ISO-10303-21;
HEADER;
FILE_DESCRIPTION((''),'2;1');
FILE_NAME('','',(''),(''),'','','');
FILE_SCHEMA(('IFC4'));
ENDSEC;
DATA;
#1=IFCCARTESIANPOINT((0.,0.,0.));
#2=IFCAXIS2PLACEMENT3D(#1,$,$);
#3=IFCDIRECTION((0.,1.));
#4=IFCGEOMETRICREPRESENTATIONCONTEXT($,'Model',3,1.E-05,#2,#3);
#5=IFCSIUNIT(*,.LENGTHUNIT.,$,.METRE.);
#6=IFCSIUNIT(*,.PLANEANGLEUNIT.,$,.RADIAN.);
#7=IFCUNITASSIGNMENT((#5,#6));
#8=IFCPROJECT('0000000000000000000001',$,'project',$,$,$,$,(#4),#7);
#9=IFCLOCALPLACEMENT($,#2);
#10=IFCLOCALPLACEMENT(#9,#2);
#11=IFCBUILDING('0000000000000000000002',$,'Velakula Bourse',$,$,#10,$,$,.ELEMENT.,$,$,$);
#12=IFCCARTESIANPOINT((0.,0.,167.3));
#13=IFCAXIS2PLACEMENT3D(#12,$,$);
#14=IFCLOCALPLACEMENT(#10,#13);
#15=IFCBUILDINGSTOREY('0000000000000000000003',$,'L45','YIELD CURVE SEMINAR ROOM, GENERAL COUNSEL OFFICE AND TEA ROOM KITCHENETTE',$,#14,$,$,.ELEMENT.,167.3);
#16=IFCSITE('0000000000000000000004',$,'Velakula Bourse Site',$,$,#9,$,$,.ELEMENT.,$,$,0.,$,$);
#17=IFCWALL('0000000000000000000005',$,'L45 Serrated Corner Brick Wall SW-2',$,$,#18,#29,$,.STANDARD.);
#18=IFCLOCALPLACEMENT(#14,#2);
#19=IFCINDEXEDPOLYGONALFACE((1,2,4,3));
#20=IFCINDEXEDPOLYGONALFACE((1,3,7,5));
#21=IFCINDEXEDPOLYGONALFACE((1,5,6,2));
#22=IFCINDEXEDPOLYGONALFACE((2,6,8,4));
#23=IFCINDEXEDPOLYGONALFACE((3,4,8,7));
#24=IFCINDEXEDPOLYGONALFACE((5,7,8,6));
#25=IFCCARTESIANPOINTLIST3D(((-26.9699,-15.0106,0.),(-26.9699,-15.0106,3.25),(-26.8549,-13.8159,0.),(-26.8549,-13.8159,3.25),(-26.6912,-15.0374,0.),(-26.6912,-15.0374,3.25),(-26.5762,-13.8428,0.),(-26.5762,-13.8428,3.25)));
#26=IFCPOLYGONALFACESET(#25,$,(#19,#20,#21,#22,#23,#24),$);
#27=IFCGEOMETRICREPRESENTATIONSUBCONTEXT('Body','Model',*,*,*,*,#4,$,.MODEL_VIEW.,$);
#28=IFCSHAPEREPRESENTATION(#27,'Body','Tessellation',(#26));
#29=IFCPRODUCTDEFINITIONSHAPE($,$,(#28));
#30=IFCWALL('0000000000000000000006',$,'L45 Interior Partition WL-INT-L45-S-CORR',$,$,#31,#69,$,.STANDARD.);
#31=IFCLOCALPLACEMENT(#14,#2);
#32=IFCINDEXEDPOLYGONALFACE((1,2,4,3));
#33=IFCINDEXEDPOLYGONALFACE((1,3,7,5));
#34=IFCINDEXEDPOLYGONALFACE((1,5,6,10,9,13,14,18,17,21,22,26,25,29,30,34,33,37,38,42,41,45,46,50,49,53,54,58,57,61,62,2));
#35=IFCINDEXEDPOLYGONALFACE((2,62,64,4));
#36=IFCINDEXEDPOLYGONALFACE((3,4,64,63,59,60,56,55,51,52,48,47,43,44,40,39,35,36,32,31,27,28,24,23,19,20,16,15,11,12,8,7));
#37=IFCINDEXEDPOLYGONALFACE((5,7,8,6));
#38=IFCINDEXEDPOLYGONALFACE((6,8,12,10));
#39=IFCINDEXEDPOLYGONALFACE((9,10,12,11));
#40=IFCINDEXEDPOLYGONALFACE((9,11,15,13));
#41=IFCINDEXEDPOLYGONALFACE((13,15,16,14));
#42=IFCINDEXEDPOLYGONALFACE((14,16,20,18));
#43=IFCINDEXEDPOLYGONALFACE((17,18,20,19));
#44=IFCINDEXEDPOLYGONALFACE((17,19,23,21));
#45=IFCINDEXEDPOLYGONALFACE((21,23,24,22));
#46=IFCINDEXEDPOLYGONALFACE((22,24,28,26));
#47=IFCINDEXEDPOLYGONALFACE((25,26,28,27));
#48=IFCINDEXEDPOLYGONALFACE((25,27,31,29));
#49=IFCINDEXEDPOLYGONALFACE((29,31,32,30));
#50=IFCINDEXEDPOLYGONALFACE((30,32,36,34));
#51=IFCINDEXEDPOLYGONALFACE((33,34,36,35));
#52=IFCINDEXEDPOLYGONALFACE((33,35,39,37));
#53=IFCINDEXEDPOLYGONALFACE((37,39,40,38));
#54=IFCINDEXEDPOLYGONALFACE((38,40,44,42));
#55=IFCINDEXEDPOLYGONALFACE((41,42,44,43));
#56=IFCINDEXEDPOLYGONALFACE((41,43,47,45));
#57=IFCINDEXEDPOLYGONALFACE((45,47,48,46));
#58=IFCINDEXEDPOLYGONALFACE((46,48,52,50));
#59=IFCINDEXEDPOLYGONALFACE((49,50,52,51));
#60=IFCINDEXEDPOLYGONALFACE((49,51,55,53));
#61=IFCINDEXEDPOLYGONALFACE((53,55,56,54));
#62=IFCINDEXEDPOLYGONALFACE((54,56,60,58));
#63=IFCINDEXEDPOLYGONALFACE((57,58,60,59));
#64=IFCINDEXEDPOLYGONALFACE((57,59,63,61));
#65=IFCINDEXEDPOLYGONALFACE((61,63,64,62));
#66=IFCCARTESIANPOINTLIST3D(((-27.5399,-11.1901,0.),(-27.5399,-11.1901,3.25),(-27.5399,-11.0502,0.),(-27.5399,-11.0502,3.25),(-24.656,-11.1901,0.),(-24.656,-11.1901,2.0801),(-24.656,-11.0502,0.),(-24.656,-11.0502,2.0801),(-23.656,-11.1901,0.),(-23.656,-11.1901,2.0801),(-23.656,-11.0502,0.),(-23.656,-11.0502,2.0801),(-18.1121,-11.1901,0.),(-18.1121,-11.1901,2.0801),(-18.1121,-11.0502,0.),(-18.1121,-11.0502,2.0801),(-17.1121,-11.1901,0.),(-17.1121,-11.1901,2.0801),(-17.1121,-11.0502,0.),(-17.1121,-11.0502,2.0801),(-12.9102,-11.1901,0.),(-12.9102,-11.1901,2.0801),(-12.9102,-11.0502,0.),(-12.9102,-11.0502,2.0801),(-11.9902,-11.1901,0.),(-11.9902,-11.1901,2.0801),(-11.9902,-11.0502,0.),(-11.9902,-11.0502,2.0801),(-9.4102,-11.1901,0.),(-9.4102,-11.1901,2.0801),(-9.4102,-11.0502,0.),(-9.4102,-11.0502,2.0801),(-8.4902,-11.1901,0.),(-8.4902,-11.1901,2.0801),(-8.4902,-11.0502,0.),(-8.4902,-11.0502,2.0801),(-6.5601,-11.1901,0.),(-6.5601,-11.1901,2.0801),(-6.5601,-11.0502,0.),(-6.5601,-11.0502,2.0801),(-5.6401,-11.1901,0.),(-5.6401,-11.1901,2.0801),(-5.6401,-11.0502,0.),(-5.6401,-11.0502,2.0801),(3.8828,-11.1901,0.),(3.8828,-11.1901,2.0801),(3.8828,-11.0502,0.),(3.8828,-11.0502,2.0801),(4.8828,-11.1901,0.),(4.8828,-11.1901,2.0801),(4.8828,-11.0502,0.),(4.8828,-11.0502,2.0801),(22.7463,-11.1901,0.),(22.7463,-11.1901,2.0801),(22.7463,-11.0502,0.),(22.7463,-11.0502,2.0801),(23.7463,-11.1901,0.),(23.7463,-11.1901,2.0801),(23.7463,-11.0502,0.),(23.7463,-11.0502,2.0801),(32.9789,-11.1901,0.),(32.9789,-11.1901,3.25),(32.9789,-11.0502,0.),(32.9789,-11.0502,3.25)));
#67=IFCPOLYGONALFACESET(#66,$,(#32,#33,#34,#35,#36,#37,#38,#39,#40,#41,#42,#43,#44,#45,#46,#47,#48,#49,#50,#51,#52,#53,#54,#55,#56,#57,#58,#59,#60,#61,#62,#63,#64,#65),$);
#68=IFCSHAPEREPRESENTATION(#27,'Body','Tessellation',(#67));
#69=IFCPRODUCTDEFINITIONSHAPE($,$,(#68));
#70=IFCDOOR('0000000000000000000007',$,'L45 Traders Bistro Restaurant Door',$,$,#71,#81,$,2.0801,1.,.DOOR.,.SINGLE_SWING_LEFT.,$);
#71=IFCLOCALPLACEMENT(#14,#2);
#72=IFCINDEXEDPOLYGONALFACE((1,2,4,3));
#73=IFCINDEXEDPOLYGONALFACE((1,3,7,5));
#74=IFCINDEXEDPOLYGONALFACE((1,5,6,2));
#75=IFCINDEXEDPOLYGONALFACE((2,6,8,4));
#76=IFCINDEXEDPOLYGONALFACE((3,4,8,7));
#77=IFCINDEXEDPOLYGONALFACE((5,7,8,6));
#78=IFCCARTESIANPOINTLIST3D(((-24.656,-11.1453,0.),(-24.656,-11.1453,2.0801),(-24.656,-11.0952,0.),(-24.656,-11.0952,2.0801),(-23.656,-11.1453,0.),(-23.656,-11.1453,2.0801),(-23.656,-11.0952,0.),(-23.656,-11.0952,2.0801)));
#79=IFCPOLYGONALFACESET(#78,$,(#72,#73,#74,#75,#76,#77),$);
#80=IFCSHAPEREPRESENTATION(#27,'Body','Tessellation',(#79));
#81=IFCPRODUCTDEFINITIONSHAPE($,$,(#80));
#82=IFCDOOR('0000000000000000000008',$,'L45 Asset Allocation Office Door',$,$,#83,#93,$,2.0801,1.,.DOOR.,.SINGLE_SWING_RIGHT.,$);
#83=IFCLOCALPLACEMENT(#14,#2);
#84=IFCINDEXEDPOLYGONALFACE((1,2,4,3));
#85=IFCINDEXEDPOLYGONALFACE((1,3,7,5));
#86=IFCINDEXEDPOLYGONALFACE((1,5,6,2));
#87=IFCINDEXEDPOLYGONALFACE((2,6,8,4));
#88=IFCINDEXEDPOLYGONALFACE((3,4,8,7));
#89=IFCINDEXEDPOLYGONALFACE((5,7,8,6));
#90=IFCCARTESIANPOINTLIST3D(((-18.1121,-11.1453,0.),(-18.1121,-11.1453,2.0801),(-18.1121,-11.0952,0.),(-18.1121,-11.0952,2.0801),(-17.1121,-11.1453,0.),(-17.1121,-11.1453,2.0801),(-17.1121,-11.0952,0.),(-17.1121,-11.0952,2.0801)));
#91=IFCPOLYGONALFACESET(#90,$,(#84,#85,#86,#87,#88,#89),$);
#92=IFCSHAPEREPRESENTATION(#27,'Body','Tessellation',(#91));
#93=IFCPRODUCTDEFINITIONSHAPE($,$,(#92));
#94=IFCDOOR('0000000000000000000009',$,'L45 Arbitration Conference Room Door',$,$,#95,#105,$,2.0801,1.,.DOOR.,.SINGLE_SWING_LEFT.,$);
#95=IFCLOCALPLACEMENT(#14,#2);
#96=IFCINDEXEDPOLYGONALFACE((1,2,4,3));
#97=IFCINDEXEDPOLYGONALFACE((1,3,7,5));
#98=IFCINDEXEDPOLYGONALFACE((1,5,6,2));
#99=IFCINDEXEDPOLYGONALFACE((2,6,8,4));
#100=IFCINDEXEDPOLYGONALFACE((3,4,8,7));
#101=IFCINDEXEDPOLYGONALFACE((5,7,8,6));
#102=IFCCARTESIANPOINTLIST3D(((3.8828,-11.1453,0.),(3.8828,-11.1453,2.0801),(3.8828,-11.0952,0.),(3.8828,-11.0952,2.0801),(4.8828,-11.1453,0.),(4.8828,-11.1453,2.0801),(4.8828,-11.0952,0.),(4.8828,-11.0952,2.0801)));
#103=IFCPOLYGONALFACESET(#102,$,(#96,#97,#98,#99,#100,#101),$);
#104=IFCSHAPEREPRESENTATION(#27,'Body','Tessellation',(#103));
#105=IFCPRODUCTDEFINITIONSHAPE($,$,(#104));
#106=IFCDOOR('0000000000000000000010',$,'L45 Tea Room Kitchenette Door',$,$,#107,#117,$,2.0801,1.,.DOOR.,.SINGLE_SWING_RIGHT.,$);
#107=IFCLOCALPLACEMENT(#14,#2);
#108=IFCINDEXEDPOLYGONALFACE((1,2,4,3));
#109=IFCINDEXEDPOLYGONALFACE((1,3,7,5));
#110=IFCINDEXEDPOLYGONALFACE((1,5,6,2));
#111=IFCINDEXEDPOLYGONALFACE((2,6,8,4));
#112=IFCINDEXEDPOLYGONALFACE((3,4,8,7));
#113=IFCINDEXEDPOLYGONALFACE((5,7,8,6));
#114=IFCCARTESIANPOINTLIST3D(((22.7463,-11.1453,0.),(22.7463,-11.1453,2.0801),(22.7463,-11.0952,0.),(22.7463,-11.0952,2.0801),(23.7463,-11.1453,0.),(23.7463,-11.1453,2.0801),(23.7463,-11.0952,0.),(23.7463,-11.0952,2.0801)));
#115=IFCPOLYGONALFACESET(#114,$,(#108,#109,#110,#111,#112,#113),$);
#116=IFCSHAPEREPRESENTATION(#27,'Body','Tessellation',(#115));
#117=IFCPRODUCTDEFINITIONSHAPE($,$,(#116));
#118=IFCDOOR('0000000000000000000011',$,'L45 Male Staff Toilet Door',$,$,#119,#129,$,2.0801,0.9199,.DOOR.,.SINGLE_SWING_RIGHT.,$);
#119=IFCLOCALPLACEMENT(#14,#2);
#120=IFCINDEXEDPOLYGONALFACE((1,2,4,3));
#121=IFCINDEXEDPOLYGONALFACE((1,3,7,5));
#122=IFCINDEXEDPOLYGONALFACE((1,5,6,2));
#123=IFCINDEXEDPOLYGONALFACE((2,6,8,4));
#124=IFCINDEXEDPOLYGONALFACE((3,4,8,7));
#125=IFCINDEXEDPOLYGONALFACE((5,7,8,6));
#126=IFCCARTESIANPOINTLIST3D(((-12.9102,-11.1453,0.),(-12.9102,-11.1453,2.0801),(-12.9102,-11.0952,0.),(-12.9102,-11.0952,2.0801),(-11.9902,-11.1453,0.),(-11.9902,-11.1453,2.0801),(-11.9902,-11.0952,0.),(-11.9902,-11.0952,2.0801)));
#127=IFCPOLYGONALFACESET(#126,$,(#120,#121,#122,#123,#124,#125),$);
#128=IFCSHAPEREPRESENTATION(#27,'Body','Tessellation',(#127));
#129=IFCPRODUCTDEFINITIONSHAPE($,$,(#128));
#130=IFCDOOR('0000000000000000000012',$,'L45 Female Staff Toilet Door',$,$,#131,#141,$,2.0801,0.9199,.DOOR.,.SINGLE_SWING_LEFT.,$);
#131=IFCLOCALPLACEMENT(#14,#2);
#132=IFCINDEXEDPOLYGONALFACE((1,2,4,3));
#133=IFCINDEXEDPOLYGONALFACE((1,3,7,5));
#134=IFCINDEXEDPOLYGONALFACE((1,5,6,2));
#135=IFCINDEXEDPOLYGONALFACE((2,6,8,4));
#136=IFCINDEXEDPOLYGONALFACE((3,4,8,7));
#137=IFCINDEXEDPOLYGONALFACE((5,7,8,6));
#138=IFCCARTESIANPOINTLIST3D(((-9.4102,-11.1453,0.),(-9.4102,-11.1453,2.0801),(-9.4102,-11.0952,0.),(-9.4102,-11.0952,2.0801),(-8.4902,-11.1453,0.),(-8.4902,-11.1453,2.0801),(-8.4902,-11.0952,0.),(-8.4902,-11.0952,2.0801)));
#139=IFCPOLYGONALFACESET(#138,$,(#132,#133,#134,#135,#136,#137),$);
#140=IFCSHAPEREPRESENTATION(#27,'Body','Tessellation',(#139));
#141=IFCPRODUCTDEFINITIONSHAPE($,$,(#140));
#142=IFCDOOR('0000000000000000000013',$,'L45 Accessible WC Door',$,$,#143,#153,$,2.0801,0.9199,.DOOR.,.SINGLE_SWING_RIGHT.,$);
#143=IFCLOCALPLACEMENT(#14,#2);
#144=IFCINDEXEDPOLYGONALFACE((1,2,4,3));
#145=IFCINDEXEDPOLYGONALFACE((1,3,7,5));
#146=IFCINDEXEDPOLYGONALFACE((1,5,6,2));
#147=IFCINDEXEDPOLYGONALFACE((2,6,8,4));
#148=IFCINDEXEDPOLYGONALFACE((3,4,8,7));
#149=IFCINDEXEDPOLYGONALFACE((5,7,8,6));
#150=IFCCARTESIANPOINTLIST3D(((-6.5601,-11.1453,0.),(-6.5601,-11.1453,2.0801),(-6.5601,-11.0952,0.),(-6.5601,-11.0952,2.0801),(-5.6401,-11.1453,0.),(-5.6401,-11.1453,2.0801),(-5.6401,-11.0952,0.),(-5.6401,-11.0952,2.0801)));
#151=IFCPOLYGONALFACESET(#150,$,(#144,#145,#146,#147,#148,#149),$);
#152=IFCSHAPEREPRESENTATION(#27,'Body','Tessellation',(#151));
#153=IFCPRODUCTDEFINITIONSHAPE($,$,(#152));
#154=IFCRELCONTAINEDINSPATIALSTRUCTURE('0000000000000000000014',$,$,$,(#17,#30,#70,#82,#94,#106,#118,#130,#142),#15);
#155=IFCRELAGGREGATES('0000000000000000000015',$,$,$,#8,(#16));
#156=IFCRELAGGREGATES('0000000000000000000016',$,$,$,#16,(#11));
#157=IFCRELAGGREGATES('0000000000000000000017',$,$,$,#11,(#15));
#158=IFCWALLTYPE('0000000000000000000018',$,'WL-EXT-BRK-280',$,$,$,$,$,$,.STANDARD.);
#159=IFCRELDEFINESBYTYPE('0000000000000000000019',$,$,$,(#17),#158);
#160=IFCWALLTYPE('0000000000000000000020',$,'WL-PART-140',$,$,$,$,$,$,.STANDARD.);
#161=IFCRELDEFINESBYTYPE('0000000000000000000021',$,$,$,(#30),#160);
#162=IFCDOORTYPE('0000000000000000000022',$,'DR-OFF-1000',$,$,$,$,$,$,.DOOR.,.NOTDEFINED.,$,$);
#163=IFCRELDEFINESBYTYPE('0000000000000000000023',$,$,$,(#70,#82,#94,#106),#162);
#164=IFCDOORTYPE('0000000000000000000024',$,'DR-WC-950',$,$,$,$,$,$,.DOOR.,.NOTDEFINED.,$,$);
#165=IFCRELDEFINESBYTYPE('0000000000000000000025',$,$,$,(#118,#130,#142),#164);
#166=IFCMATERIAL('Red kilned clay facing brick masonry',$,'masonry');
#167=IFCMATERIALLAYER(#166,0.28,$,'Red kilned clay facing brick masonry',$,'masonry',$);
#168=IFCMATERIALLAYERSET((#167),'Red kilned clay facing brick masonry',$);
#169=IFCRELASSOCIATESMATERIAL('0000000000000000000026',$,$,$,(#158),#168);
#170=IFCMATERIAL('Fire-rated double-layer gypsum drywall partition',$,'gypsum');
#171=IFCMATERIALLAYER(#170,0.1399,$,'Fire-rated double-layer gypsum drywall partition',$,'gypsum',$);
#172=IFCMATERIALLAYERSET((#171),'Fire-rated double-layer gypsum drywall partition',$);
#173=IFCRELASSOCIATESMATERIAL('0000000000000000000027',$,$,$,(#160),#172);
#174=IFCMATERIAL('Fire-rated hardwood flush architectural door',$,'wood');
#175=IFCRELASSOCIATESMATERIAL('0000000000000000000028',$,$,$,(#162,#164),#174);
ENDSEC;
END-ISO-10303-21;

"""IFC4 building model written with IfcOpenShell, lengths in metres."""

from ifc_helpers import new_model, si_unit, direction, frame, frame_2d, origin, place, context, subcontext, project, spatial, rectangle, extrude, material, layer, layer_set, type_object, element, fill, save


model = new_model("IFC4")

# Units and contexts
model_context = context("Model", 3, precision=1e-05, world=origin(), true_north=direction((0.0, 1.0)))
body_context = subcontext(model_context, "Body", "Model", "MODEL_VIEW")
ifc_project = project(units=[si_unit("LENGTHUNIT", "METRE"), si_unit("PLANEANGLEUNIT", "RADIAN")], contexts=[model_context])

# Site, building, storey
site_placement = place(None, origin())
site = spatial("IfcSite", under=ifc_project, at=site_placement, Name="Velakula Bourse Site", CompositionType="ELEMENT", RefElevation=0.0)
building_placement = place(site_placement, origin())
building = spatial("IfcBuilding", under=site, at=building_placement, Name="Velakula Bourse", CompositionType="ELEMENT")
storey_placement = place(building_placement, frame((0.0, 0.0, 167.3)))
storey = spatial("IfcBuildingStorey", under=building, at=storey_placement, Name="L45", Description="YIELD CURVE SEMINAR ROOM, GENERAL COUNSEL OFFICE AND TEA ROOM KITCHENETTE", CompositionType="ELEMENT", Elevation=167.3)

# Shared definitions
ifc_material_1 = material(Name="Red kilned clay facing brick masonry", Category="masonry")
ifc_layer_1 = layer(ifc_material_1, 0.28, Name="Red kilned clay facing brick masonry", Category="masonry")
ifc_layer_set_1 = layer_set([ifc_layer_1], Name="Red kilned clay facing brick masonry")
wall_type_1 = type_object("IfcWallType", Name="WL-EXT-BRK-280", PredefinedType="STANDARD", material=ifc_layer_set_1)

# Wall
wall_1_placement = place(storey_placement, frame((-26.7156, -13.8293, 0.0), z_axis=(0.0, 0.0, 1.0), x_axis=(-0.095817, -0.995399, 0.0)))
element("IfcWall", 1, at=wall_1_placement, inside=storey, type_object=wall_type_1, Name="L45 Serrated Corner Brick Wall SW-2", PredefinedType="STANDARD", context=body_context, shape_type="SweptSolid", body=[
    extrude(rectangle(XDim=1.2002, YDim=0.28, at=frame_2d((0.6001, 0.0))), origin(), (0.0, 0.0, 1.0), 3.25),
])

# Wall, openings, doors
ifc_material_2 = material(Name="Fire-rated double-layer gypsum drywall partition", Category="gypsum")
ifc_layer_2 = layer(ifc_material_2, 0.1399, Name="Fire-rated double-layer gypsum drywall partition", Category="gypsum")
ifc_layer_set_2 = layer_set([ifc_layer_2], Name="Fire-rated double-layer gypsum drywall partition")
wall_type_2 = type_object("IfcWallType", Name="WL-PART-140", PredefinedType="STANDARD", material=ifc_layer_set_2)
wall_2_placement = place(storey_placement, frame((-27.5398, -11.1201, 0.0), z_axis=(0.0, 0.0, 1.0), x_axis=(1.0, 0.0, 0.0)))
wall_2 = element("IfcWall", 2, at=wall_2_placement, inside=storey, type_object=wall_type_2, Name="L45 Interior Partition WL-INT-L45-S-CORR", PredefinedType="STANDARD", context=body_context, shape_type="SweptSolid", body=[
    extrude(rectangle(XDim=60.5188, YDim=0.1399, at=frame_2d((30.2593, 0.0))), origin(), (0.0, 0.0, 1.0), 3.25),
])
opening_1_placement = place(wall_2_placement, frame((14.6296, 0.0, 0.0)))
opening_1 = element("IfcOpeningElement", 3, at=opening_1_placement, cuts=wall_2, PredefinedType="OPENING", context=body_context, shape_type="SweptSolid", body=[
    extrude(rectangle(XDim=0.9199, YDim=2.0801, at=frame_2d((0.46, 1.04))), frame((0.0, 0.0798, 0.0), z_axis=(0.0, -1.0, 0.0), x_axis=(1.0, 0.0, 0.0)), (0.0, 0.0, 1.0), 0.1599),
])
opening_2_placement = place(wall_2_placement, frame((18.1296, 0.0, 0.0)))
opening_2 = element("IfcOpeningElement", 4, at=opening_2_placement, cuts=wall_2, PredefinedType="OPENING", context=body_context, shape_type="SweptSolid", body=[
    extrude(rectangle(XDim=0.9199, YDim=2.0801, at=frame_2d((0.46, 1.04))), frame((0.0, 0.0798, 0.0), z_axis=(0.0, -1.0, 0.0), x_axis=(1.0, 0.0, 0.0)), (0.0, 0.0, 1.0), 0.1599),
])
opening_3_placement = place(wall_2_placement, frame((20.9797, 0.0, 0.0)))
opening_3 = element("IfcOpeningElement", 5, at=opening_3_placement, cuts=wall_2, PredefinedType="OPENING", context=body_context, shape_type="SweptSolid", body=[
    extrude(rectangle(XDim=0.9199, YDim=2.0801, at=frame_2d((0.46, 1.04))), frame((0.0, 0.0798, 0.0), z_axis=(0.0, -1.0, 0.0), x_axis=(1.0, 0.0, 0.0)), (0.0, 0.0, 1.0), 0.1599),
])
opening_4_placement = place(wall_2_placement, frame((2.8838, 0.0, 0.0)))
opening_4 = element("IfcOpeningElement", 6, at=opening_4_placement, cuts=wall_2, PredefinedType="OPENING", context=body_context, shape_type="SweptSolid", body=[
    extrude(rectangle(XDim=1.0, YDim=2.0801, at=frame_2d((0.5, 1.04))), frame((0.0, 0.0798, 0.0), z_axis=(0.0, -1.0, 0.0), x_axis=(1.0, 0.0, 0.0)), (0.0, 0.0, 1.0), 0.1599),
])
opening_5_placement = place(wall_2_placement, frame((9.4277, 0.0, 0.0)))
opening_5 = element("IfcOpeningElement", 7, at=opening_5_placement, cuts=wall_2, PredefinedType="OPENING", context=body_context, shape_type="SweptSolid", body=[
    extrude(rectangle(XDim=1.0, YDim=2.0801, at=frame_2d((0.5, 1.04))), frame((0.0, 0.0798, 0.0), z_axis=(0.0, -1.0, 0.0), x_axis=(1.0, 0.0, 0.0)), (0.0, 0.0, 1.0), 0.1599),
])
opening_6_placement = place(wall_2_placement, frame((31.4226, 0.0, 0.0)))
opening_6 = element("IfcOpeningElement", 8, at=opening_6_placement, cuts=wall_2, PredefinedType="OPENING", context=body_context, shape_type="SweptSolid", body=[
    extrude(rectangle(XDim=1.0, YDim=2.0801, at=frame_2d((0.5, 1.04))), frame((0.0, 0.0798, 0.0), z_axis=(0.0, -1.0, 0.0), x_axis=(1.0, 0.0, 0.0)), (0.0, 0.0, 1.0), 0.1599),
])
opening_7_placement = place(wall_2_placement, frame((50.2861, 0.0, 0.0)))
opening_7 = element("IfcOpeningElement", 9, at=opening_7_placement, cuts=wall_2, PredefinedType="OPENING", context=body_context, shape_type="SweptSolid", body=[
    extrude(rectangle(XDim=1.0, YDim=2.0801, at=frame_2d((0.5, 1.04))), frame((0.0, 0.0798, 0.0), z_axis=(0.0, -1.0, 0.0), x_axis=(1.0, 0.0, 0.0)), (0.0, 0.0, 1.0), 0.1599),
])
ifc_material_3 = material(Name="Fire-rated hardwood flush architectural door", Category="wood")
door_type_1 = type_object("IfcDoorType", Name="DR-OFF-1000", OperationType="NOTDEFINED", PredefinedType="DOOR", material=ifc_material_3)
door_1_placement = place(opening_4_placement, origin())
door_1 = element("IfcDoor", 10, at=door_1_placement, inside=storey, type_object=door_type_1, Name="L45 Traders Bistro Restaurant Door", OperationType="SINGLE_SWING_LEFT", OverallHeight=2.0801, OverallWidth=1.0, PredefinedType="DOOR", context=body_context, shape_type="SweptSolid", body=[
    extrude(rectangle(XDim=1.0, YDim=2.0801, at=frame_2d((0.5, 1.04))), frame((0.0, 0.0249, 0.0), z_axis=(0.0, -1.0, 0.0), x_axis=(1.0, 0.0, 0.0)), (0.0, 0.0, 1.0), 0.05),
])
fill(opening_4, door_1)
door_2_placement = place(opening_5_placement, origin())
door_2 = element("IfcDoor", 11, at=door_2_placement, inside=storey, type_object=door_type_1, Name="L45 Asset Allocation Office Door", OperationType="SINGLE_SWING_RIGHT", OverallHeight=2.0801, OverallWidth=1.0, PredefinedType="DOOR", context=body_context, shape_type="SweptSolid", body=[
    extrude(rectangle(XDim=1.0, YDim=2.0801, at=frame_2d((0.5, 1.04))), frame((0.0, 0.0249, 0.0), z_axis=(0.0, -1.0, 0.0), x_axis=(1.0, 0.0, 0.0)), (0.0, 0.0, 1.0), 0.05),
])
fill(opening_5, door_2)
door_3_placement = place(opening_6_placement, origin())
door_3 = element("IfcDoor", 12, at=door_3_placement, inside=storey, type_object=door_type_1, Name="L45 Arbitration Conference Room Door", OperationType="SINGLE_SWING_LEFT", OverallHeight=2.0801, OverallWidth=1.0, PredefinedType="DOOR", context=body_context, shape_type="SweptSolid", body=[
    extrude(rectangle(XDim=1.0, YDim=2.0801, at=frame_2d((0.5, 1.04))), frame((0.0, 0.0249, 0.0), z_axis=(0.0, -1.0, 0.0), x_axis=(1.0, 0.0, 0.0)), (0.0, 0.0, 1.0), 0.05),
])
fill(opening_6, door_3)
door_4_placement = place(opening_7_placement, origin())
door_4 = element("IfcDoor", 13, at=door_4_placement, inside=storey, type_object=door_type_1, Name="L45 Tea Room Kitchenette Door", OperationType="SINGLE_SWING_RIGHT", OverallHeight=2.0801, OverallWidth=1.0, PredefinedType="DOOR", context=body_context, shape_type="SweptSolid", body=[
    extrude(rectangle(XDim=1.0, YDim=2.0801, at=frame_2d((0.5, 1.04))), frame((0.0, 0.0249, 0.0), z_axis=(0.0, -1.0, 0.0), x_axis=(1.0, 0.0, 0.0)), (0.0, 0.0, 1.0), 0.05),
])
fill(opening_7, door_4)
door_type_2 = type_object("IfcDoorType", Name="DR-WC-950", OperationType="NOTDEFINED", PredefinedType="DOOR", material=ifc_material_3)
door_5_placement = place(opening_1_placement, origin())
door_5 = element("IfcDoor", 14, at=door_5_placement, inside=storey, type_object=door_type_2, Name="L45 Male Staff Toilet Door", OperationType="SINGLE_SWING_RIGHT", OverallHeight=2.0801, OverallWidth=0.9199, PredefinedType="DOOR", context=body_context, shape_type="SweptSolid", body=[
    extrude(rectangle(XDim=0.9199, YDim=2.0801, at=frame_2d((0.46, 1.04))), frame((0.0, 0.0249, 0.0), z_axis=(0.0, -1.0, 0.0), x_axis=(1.0, 0.0, 0.0)), (0.0, 0.0, 1.0), 0.05),
])
fill(opening_1, door_5)
door_6_placement = place(opening_2_placement, origin())
door_6 = element("IfcDoor", 15, at=door_6_placement, inside=storey, type_object=door_type_2, Name="L45 Female Staff Toilet Door", OperationType="SINGLE_SWING_LEFT", OverallHeight=2.0801, OverallWidth=0.9199, PredefinedType="DOOR", context=body_context, shape_type="SweptSolid", body=[
    extrude(rectangle(XDim=0.9199, YDim=2.0801, at=frame_2d((0.46, 1.04))), frame((0.0, 0.0249, 0.0), z_axis=(0.0, -1.0, 0.0), x_axis=(1.0, 0.0, 0.0)), (0.0, 0.0, 1.0), 0.05),
])
fill(opening_2, door_6)
door_7_placement = place(opening_3_placement, origin())
door_7 = element("IfcDoor", 16, at=door_7_placement, inside=storey, type_object=door_type_2, Name="L45 Accessible WC Door", OperationType="SINGLE_SWING_RIGHT", OverallHeight=2.0801, OverallWidth=0.9199, PredefinedType="DOOR", context=body_context, shape_type="SweptSolid", body=[
    extrude(rectangle(XDim=0.9199, YDim=2.0801, at=frame_2d((0.46, 1.04))), frame((0.0, 0.0249, 0.0), z_axis=(0.0, -1.0, 0.0), x_axis=(1.0, 0.0, 0.0)), (0.0, 0.0, 1.0), 0.05),
])
fill(opening_3, door_7)

save(model, "model.ifc")
